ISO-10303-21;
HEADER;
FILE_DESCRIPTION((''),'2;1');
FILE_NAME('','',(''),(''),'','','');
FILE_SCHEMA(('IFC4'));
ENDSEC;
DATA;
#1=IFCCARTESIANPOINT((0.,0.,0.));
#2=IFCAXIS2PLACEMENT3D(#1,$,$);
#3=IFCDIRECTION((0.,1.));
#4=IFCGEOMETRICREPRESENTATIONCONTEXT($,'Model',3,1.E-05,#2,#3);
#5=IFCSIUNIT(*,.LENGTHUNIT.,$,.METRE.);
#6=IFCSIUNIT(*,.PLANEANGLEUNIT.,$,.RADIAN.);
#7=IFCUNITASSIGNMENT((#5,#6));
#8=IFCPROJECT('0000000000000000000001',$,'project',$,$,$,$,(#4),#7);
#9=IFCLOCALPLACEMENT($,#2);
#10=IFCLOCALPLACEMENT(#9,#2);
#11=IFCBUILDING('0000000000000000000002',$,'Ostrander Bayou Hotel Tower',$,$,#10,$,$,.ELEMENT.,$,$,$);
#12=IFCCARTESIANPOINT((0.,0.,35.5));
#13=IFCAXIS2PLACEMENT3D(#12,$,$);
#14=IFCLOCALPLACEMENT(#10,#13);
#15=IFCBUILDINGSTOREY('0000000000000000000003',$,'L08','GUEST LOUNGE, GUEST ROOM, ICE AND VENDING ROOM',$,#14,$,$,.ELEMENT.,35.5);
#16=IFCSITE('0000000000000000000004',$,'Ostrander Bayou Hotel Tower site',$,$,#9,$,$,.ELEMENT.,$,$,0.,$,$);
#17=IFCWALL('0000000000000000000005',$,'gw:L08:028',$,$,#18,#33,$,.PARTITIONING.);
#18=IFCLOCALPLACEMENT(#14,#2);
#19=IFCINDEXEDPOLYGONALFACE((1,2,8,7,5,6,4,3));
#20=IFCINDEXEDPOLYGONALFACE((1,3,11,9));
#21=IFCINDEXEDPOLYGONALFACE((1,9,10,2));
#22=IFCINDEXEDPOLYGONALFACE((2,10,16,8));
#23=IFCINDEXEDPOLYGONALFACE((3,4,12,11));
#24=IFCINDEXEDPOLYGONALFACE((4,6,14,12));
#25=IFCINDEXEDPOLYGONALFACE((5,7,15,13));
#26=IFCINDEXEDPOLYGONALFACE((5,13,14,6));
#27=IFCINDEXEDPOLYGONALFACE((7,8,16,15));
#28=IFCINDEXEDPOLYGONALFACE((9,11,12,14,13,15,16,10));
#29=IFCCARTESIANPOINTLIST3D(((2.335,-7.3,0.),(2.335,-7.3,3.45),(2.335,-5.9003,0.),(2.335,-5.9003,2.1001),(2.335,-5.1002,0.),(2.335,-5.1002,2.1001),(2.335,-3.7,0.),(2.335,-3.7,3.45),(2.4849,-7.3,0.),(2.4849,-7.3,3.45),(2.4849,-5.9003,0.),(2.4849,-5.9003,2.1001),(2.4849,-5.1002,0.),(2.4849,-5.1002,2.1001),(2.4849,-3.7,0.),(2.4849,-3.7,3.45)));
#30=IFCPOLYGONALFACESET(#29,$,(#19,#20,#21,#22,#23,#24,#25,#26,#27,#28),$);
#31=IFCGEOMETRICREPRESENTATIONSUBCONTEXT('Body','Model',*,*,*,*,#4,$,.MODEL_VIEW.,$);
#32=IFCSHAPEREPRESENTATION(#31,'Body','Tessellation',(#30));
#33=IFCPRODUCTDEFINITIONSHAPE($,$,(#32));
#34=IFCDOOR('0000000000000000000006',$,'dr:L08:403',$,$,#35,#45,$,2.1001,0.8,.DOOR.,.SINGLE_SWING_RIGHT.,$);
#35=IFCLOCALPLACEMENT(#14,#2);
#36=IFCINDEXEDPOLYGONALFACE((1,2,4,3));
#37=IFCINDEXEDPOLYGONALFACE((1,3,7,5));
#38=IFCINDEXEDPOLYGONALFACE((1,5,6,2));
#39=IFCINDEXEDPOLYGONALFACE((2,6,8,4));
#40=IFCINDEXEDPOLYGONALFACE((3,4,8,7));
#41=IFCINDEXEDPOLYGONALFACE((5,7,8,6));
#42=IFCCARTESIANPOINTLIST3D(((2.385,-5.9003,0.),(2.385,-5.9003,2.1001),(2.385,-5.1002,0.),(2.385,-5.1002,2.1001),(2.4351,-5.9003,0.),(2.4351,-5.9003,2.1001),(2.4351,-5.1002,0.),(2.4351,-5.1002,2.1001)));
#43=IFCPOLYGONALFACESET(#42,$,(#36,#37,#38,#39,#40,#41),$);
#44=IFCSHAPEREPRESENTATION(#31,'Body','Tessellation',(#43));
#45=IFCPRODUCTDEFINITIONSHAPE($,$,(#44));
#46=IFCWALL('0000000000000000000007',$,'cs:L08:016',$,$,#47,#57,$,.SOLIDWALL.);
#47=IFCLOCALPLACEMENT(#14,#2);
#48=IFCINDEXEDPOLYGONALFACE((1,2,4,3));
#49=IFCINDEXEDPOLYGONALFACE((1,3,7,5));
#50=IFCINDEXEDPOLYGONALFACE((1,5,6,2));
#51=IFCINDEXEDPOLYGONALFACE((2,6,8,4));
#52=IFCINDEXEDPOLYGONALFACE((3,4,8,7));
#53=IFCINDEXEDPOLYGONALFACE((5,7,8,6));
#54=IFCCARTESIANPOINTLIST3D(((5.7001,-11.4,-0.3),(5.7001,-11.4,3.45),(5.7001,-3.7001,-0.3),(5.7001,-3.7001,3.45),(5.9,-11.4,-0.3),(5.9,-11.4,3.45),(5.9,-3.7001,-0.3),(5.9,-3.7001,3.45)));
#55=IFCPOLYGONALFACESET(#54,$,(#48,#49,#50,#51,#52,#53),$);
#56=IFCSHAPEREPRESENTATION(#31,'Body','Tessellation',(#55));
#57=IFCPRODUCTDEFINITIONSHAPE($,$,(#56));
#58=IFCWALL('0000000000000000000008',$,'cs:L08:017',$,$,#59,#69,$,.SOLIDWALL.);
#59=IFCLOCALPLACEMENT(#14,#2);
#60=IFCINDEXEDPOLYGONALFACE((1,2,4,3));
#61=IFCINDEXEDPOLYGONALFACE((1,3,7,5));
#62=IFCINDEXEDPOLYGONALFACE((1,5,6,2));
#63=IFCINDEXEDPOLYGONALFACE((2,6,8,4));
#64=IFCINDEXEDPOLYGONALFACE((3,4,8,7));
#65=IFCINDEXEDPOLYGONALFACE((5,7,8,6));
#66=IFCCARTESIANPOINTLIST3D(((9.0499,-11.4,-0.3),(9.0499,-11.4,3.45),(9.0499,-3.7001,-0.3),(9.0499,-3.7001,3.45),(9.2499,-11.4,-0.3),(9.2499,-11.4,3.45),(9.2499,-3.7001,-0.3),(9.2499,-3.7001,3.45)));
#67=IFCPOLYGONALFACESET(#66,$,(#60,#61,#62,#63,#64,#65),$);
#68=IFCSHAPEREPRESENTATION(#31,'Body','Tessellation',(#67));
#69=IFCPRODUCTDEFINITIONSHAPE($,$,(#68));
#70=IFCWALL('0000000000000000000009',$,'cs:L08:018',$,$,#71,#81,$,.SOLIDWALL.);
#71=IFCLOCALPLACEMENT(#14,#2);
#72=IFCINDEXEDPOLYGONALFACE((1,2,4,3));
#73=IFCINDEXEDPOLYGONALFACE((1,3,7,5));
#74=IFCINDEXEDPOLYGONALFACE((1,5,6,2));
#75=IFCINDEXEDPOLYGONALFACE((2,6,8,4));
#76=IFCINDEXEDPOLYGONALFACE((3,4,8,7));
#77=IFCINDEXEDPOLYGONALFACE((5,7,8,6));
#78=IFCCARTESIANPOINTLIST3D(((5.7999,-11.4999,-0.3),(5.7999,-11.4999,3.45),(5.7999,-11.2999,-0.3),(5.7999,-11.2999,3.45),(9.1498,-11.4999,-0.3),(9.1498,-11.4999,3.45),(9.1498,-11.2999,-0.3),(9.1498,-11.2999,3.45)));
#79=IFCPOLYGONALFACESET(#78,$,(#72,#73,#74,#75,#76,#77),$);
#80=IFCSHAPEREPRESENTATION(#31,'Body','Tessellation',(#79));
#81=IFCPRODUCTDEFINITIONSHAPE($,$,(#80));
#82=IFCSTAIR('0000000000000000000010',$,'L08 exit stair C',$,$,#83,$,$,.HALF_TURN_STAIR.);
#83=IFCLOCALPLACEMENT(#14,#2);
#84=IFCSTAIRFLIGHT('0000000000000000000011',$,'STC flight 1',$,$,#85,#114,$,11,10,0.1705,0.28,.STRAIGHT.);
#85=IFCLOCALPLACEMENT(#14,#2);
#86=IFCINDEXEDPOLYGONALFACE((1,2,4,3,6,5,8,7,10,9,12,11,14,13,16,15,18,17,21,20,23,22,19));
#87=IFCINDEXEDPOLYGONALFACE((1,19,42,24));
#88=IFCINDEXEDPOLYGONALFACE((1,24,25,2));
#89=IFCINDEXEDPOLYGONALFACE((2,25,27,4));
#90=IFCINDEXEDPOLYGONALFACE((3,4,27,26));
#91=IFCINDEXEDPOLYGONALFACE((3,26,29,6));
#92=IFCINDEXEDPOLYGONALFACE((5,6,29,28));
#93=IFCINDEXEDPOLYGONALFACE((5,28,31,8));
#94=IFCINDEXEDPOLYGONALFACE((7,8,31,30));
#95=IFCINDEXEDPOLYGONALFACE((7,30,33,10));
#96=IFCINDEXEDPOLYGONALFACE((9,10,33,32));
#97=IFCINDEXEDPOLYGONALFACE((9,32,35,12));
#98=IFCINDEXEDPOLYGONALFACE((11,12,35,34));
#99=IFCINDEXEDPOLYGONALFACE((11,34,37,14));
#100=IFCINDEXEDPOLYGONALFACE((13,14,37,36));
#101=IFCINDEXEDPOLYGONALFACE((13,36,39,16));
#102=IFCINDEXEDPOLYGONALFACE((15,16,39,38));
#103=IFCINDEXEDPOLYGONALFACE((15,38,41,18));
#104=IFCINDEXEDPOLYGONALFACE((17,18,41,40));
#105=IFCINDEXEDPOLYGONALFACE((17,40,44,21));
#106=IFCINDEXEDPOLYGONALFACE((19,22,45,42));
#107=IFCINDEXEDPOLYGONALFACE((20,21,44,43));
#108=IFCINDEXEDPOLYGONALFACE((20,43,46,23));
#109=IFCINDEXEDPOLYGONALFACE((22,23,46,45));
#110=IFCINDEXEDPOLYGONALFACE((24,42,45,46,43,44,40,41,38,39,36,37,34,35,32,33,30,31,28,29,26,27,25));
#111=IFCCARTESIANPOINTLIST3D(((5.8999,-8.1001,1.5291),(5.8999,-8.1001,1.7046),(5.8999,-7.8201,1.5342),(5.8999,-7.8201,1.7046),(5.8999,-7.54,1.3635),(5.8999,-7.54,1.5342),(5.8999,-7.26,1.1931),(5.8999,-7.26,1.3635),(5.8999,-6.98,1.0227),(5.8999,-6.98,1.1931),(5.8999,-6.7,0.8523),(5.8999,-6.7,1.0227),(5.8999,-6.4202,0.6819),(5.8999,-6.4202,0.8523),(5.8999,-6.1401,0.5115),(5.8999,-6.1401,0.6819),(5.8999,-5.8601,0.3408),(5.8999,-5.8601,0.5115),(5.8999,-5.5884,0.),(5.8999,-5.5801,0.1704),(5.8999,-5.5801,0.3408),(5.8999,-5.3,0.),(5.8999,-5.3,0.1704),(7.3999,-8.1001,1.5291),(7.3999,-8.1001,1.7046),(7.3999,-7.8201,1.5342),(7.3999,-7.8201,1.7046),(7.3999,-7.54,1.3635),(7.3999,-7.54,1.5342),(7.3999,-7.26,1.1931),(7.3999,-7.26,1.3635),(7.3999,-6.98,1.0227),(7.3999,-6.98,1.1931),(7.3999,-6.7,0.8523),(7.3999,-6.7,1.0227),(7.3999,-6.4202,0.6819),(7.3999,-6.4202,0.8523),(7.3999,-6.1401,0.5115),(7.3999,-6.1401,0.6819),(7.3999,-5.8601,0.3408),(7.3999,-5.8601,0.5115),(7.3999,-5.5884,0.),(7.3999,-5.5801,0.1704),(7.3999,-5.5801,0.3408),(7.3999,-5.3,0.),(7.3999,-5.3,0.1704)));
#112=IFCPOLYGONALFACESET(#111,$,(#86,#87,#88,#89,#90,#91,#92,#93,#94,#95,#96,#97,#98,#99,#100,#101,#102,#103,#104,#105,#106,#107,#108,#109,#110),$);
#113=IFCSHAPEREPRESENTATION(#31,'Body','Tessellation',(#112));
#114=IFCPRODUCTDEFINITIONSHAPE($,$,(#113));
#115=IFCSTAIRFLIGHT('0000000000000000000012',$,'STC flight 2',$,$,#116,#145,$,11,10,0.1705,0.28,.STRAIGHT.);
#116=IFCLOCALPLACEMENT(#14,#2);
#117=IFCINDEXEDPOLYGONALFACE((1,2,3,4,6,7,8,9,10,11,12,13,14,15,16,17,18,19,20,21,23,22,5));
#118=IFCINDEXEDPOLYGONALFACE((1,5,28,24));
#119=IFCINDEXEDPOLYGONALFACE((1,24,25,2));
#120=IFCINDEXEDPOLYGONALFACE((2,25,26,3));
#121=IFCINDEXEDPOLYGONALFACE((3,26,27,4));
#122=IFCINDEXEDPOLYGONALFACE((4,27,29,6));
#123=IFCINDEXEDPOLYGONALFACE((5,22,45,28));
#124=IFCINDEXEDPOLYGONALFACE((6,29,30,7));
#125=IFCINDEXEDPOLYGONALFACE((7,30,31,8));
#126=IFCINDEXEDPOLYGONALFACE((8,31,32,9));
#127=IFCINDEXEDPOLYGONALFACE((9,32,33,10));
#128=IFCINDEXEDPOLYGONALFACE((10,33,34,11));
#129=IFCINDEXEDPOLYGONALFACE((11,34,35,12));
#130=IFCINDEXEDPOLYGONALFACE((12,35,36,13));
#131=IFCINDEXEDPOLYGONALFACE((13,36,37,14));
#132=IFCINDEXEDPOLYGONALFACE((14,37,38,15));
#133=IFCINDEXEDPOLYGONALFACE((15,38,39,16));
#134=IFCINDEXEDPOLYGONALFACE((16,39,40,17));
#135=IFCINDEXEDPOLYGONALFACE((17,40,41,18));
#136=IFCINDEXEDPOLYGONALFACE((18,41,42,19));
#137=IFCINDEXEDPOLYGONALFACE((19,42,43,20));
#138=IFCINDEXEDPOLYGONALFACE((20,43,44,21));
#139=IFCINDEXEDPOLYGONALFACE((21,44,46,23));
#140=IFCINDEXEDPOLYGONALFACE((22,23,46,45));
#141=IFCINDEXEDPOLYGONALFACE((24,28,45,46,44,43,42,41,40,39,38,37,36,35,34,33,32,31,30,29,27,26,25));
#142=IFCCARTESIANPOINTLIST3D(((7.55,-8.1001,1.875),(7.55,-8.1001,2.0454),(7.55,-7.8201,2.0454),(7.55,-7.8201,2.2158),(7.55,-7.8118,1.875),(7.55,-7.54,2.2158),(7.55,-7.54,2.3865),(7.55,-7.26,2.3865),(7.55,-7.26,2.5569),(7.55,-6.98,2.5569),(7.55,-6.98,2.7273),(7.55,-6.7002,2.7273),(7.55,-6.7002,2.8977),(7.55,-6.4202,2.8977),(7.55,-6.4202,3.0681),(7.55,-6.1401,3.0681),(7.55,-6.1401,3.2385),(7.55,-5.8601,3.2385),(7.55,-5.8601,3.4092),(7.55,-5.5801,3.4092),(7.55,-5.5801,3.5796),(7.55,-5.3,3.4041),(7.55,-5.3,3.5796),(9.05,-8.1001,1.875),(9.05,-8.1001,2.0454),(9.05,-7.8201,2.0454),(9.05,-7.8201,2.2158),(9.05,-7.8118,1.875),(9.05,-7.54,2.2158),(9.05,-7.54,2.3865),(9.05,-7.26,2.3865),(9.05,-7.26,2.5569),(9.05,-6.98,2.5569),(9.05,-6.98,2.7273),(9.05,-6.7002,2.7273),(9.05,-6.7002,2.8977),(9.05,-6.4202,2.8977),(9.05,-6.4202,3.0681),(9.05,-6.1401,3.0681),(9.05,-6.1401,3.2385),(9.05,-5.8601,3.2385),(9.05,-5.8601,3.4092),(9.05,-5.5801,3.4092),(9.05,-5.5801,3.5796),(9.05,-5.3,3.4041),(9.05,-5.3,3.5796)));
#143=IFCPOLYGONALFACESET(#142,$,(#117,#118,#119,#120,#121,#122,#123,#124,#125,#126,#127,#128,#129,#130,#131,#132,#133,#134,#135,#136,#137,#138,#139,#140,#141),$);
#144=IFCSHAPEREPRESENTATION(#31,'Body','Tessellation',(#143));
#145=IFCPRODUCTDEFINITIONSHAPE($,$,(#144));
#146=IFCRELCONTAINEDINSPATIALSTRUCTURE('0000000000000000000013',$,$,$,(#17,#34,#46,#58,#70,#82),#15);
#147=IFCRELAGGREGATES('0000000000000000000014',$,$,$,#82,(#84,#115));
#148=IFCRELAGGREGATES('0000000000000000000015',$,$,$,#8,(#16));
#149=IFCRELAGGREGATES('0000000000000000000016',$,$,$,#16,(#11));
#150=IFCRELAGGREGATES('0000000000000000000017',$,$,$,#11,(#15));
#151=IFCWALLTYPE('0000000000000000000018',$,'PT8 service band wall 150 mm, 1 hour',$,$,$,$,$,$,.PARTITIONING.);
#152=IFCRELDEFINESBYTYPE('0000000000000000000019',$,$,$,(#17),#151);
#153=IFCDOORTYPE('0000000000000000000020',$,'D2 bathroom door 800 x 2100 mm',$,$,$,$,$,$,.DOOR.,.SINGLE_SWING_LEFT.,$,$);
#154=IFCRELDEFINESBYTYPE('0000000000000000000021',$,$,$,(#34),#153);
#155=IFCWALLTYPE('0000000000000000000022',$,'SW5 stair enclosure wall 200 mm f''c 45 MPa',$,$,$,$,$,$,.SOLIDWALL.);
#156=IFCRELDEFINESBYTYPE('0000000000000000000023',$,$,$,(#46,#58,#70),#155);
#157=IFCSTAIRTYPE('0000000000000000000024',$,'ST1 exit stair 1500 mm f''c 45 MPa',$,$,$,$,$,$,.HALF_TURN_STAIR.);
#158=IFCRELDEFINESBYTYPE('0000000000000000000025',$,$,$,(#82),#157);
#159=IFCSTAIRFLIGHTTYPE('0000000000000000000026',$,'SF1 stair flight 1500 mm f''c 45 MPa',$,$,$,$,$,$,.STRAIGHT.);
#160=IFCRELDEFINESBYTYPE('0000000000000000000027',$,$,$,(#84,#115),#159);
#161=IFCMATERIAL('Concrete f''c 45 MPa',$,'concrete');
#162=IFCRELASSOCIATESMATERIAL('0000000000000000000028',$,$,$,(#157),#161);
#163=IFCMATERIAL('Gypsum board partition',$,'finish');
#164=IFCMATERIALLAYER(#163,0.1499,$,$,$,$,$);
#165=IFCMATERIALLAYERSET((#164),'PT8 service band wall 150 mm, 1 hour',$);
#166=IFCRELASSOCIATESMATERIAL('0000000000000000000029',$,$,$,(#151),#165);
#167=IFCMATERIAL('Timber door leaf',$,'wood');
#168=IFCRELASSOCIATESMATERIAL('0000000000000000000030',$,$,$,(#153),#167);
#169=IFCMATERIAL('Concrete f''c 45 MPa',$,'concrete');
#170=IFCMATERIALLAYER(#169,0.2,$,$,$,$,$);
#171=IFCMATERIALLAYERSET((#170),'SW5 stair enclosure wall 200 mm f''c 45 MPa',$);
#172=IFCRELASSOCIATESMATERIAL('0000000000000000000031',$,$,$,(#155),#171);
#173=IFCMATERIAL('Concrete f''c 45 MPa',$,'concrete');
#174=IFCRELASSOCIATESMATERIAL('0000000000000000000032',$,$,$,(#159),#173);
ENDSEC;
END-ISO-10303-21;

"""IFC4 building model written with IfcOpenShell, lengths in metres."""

from ifc_helpers import new_model, si_unit, direction, frame, frame_2d, origin, place, context, subcontext, project, spatial, polyline, rectangle, outline, extrude, material, layer, layer_set, type_object, element, fill, aggregate, save


model = new_model("IFC4")

# Units and contexts
model_context = context("Model", 3, precision=1e-05, world=origin(), true_north=direction((0.0, 1.0)))
body_context = subcontext(model_context, "Body", "Model", "MODEL_VIEW")
ifc_project = project(units=[si_unit("LENGTHUNIT", "METRE"), si_unit("PLANEANGLEUNIT", "RADIAN")], contexts=[model_context])

# Site, building, storey
site_placement = place(None, origin())
site = spatial("IfcSite", under=ifc_project, at=site_placement, Name="Ostrander Bayou Hotel Tower site", CompositionType="ELEMENT", RefElevation=0.0)
building_placement = place(site_placement, origin())
building = spatial("IfcBuilding", under=site, at=building_placement, Name="Ostrander Bayou Hotel Tower", CompositionType="ELEMENT")
storey_placement = place(building_placement, frame((0.0, 0.0, 35.5)))
storey = spatial("IfcBuildingStorey", under=building, at=storey_placement, Name="L08", Description="GUEST LOUNGE, GUEST ROOM, ICE AND VENDING ROOM", CompositionType="ELEMENT", Elevation=35.5)

# Shared definitions
ifc_material_1 = material(Name="Concrete f'c 45 MPa", Category="concrete")
stair_type = type_object("IfcStairType", Name="ST1 exit stair 1500 mm f'c 45 MPa", PredefinedType="HALF_TURN_STAIR", material=ifc_material_1)

# Shared definitions
ifc_material_2 = material(Name="Gypsum board partition", Category="finish")
ifc_layer_1 = layer(ifc_material_2, 0.1499)
ifc_layer_set_1 = layer_set([ifc_layer_1], Name="PT8 service band wall 150 mm, 1 hour")
wall_type_1 = type_object("IfcWallType", Name="PT8 service band wall 150 mm, 1 hour", PredefinedType="PARTITIONING", material=ifc_layer_set_1)

# Wall, opening, door
wall_1_placement = place(storey_placement, frame((2.4099, -7.3, 0.0), z_axis=(0.0, 0.0, 1.0), x_axis=(0.0, 1.0, 0.0)))
wall_1 = element("IfcWall", 1, at=wall_1_placement, inside=storey, type_object=wall_type_1, Name="gw:L08:028", PredefinedType="PARTITIONING", context=body_context, shape_type="SweptSolid", body=[
    extrude(rectangle(XDim=3.6001, YDim=0.1499, at=frame_2d((1.8, 0.0))), origin(), (0.0, 0.0, 1.0), 3.45),
])
opening_1_placement = place(wall_1_placement, frame((1.3999, 0.0, 0.0)))
opening_1 = element("IfcOpeningElement", 2, at=opening_1_placement, cuts=wall_1, PredefinedType="OPENING", context=body_context, shape_type="SweptSolid", body=[
    extrude(rectangle(XDim=0.8, YDim=2.1001, at=frame_2d((0.3999, 1.05))), frame((0.0, 0.075, 0.0), z_axis=(0.0, -1.0, 0.0), x_axis=(1.0, 0.0, 0.0)), (0.0, 0.0, 1.0), 0.1499),
])
ifc_material_3 = material(Name="Timber door leaf", Category="wood")
door_type_1 = type_object("IfcDoorType", Name="D2 bathroom door 800 x 2100 mm", OperationType="SINGLE_SWING_LEFT", PredefinedType="DOOR", material=ifc_material_3)
door_1_placement = place(opening_1_placement, origin())
door_1 = element("IfcDoor", 3, at=door_1_placement, inside=storey, type_object=door_type_1, Name="dr:L08:403", OperationType="SINGLE_SWING_RIGHT", OverallHeight=2.1001, OverallWidth=0.8, PredefinedType="DOOR", context=body_context, shape_type="SweptSolid", body=[
    extrude(rectangle(XDim=0.8, YDim=2.1001, at=frame_2d((0.3999, 1.05))), frame((0.0, 0.0249, 0.0), z_axis=(0.0, -1.0, 0.0), x_axis=(1.0, 0.0, 0.0)), (0.0, 0.0, 1.0), 0.05),
])
fill(opening_1, door_1)
ifc_material_4 = material(Name="Concrete f'c 45 MPa", Category="concrete")
ifc_layer_2 = layer(ifc_material_4, 0.2)
ifc_layer_set_2 = layer_set([ifc_layer_2], Name="SW5 stair enclosure wall 200 mm f'c 45 MPa")
wall_type_2 = type_object("IfcWallType", Name="SW5 stair enclosure wall 200 mm f'c 45 MPa", PredefinedType="SOLIDWALL", material=ifc_layer_set_2)

# Walls
for number, where, z_axis, x_axis, name in (
    (4, (5.8, -3.7, -0.3), (0.0, 0.0, 1.0), (0.0, -1.0, 0.0), "cs:L08:016"),
    (5, (9.1499, -3.7, -0.3), (0.0, 0.0, 1.0), (0.0, -1.0, 0.0), "cs:L08:017"),
):
    element("IfcWall", number, at=place(storey_placement, frame(where, z_axis=z_axis, x_axis=x_axis)), inside=storey, type_object=wall_type_2, Name=name, PredefinedType="SOLIDWALL", context=body_context, shape_type="SweptSolid", body=[
        extrude(rectangle(XDim=7.7, YDim=0.2, at=frame_2d((3.8501, 0.0))), origin(), (0.0, 0.0, 1.0), 3.75),
    ])
wall_2_placement = place(storey_placement, frame((5.8, -11.3999, -0.3), z_axis=(0.0, 0.0, 1.0), x_axis=(1.0, 0.0, 0.0)))
element("IfcWall", 6, at=wall_2_placement, inside=storey, type_object=wall_type_2, Name="cs:L08:018", PredefinedType="SOLIDWALL", context=body_context, shape_type="SweptSolid", body=[
    extrude(rectangle(XDim=3.3499, YDim=0.2, at=frame_2d((1.6748, 0.0))), origin(), (0.0, 0.0, 1.0), 3.75),
])

# Stair, stair flights
stair_1_placement = place(storey_placement, origin())
stair_1 = element("IfcStair", 7, at=stair_1_placement, inside=storey, type_object=stair_type, Name="L08 exit stair C", PredefinedType="HALF_TURN_STAIR")
ifc_material_5 = material(Name="Concrete f'c 45 MPa", Category="concrete")
stair_flight_type = type_object("IfcStairFlightType", Name="SF1 stair flight 1500 mm f'c 45 MPa", PredefinedType="STRAIGHT", material=ifc_material_5)
stair_flight_1_placement = place(storey_placement, frame((6.6499, -5.3, 0.0), z_axis=(0.0, 0.0, 1.0), x_axis=(0.0, -1.0, 0.0)))
stair_flight_1 = element("IfcStairFlight", 8, at=stair_flight_1_placement, type_object=stair_flight_type, Name="STC flight 1", NumberOfRisers=11, NumberOfTreads=10, PredefinedType="STRAIGHT", RiserHeight=0.1705, TreadLength=0.28, context=body_context, shape_type="SweptSolid", body=[
    extrude(outline(polyline([(0.0, 0.0), (0.0, 0.1704), (0.28, 0.1704), (0.28, 0.3408), (0.5601, 0.3408), (0.5601, 0.5115), (0.8401, 0.5115), (0.8401, 0.6819), (1.1201, 0.6819), (1.1201, 0.8523), (1.3999, 0.8523), (1.3999, 1.0227), (1.6799, 1.0227), (1.6799, 1.1931), (1.96, 1.1931), (1.96, 1.3635), (2.24, 1.3635), (2.24, 1.5342), (2.52, 1.5342), (2.52, 1.7046), (2.8, 1.7046), (2.8, 1.875), (2.8, 1.5291), (0.2883, 0.0), (0.0, 0.0)])), frame((0.0, 0.75, 0.0), z_axis=(0.0, -1.0, 0.0), x_axis=(1.0, 0.0, 0.0)), (0.0, 0.0, 1.0), 1.5),
])
stair_flight_2_placement = place(storey_placement, frame((8.3, -8.1001, 1.875), z_axis=(0.0, 0.0, 1.0), x_axis=(0.0, 1.0, 0.0)))
stair_flight_2 = element("IfcStairFlight", 9, at=stair_flight_2_placement, type_object=stair_flight_type, Name="STC flight 2", NumberOfRisers=11, NumberOfTreads=10, PredefinedType="STRAIGHT", RiserHeight=0.1705, TreadLength=0.28, context=body_context, shape_type="SweptSolid", body=[
    extrude(outline(polyline([(0.0, 0.0), (0.0, 0.1704), (0.28, 0.1704), (0.28, 0.3408), (0.5601, 0.3408), (0.5601, 0.5115), (0.8401, 0.5115), (0.8401, 0.6819), (1.1201, 0.6819), (1.1201, 0.8523), (1.3999, 0.8523), (1.3999, 1.0227), (1.6799, 1.0227), (1.6799, 1.1931), (1.96, 1.1931), (1.96, 1.3635), (2.24, 1.3635), (2.24, 1.5342), (2.52, 1.5342), (2.52, 1.7046), (2.8, 1.7046), (2.8, 1.875), (2.8, 1.5291), (0.2883, 0.0), (0.0, 0.0)])), frame((0.0, 0.75, 0.0), z_axis=(0.0, -1.0, 0.0), x_axis=(1.0, 0.0, 0.0)), (0.0, 0.0, 1.0), 1.5),
])
aggregate(stair_1, [stair_flight_1, stair_flight_2])

save(model, "model.ifc")
